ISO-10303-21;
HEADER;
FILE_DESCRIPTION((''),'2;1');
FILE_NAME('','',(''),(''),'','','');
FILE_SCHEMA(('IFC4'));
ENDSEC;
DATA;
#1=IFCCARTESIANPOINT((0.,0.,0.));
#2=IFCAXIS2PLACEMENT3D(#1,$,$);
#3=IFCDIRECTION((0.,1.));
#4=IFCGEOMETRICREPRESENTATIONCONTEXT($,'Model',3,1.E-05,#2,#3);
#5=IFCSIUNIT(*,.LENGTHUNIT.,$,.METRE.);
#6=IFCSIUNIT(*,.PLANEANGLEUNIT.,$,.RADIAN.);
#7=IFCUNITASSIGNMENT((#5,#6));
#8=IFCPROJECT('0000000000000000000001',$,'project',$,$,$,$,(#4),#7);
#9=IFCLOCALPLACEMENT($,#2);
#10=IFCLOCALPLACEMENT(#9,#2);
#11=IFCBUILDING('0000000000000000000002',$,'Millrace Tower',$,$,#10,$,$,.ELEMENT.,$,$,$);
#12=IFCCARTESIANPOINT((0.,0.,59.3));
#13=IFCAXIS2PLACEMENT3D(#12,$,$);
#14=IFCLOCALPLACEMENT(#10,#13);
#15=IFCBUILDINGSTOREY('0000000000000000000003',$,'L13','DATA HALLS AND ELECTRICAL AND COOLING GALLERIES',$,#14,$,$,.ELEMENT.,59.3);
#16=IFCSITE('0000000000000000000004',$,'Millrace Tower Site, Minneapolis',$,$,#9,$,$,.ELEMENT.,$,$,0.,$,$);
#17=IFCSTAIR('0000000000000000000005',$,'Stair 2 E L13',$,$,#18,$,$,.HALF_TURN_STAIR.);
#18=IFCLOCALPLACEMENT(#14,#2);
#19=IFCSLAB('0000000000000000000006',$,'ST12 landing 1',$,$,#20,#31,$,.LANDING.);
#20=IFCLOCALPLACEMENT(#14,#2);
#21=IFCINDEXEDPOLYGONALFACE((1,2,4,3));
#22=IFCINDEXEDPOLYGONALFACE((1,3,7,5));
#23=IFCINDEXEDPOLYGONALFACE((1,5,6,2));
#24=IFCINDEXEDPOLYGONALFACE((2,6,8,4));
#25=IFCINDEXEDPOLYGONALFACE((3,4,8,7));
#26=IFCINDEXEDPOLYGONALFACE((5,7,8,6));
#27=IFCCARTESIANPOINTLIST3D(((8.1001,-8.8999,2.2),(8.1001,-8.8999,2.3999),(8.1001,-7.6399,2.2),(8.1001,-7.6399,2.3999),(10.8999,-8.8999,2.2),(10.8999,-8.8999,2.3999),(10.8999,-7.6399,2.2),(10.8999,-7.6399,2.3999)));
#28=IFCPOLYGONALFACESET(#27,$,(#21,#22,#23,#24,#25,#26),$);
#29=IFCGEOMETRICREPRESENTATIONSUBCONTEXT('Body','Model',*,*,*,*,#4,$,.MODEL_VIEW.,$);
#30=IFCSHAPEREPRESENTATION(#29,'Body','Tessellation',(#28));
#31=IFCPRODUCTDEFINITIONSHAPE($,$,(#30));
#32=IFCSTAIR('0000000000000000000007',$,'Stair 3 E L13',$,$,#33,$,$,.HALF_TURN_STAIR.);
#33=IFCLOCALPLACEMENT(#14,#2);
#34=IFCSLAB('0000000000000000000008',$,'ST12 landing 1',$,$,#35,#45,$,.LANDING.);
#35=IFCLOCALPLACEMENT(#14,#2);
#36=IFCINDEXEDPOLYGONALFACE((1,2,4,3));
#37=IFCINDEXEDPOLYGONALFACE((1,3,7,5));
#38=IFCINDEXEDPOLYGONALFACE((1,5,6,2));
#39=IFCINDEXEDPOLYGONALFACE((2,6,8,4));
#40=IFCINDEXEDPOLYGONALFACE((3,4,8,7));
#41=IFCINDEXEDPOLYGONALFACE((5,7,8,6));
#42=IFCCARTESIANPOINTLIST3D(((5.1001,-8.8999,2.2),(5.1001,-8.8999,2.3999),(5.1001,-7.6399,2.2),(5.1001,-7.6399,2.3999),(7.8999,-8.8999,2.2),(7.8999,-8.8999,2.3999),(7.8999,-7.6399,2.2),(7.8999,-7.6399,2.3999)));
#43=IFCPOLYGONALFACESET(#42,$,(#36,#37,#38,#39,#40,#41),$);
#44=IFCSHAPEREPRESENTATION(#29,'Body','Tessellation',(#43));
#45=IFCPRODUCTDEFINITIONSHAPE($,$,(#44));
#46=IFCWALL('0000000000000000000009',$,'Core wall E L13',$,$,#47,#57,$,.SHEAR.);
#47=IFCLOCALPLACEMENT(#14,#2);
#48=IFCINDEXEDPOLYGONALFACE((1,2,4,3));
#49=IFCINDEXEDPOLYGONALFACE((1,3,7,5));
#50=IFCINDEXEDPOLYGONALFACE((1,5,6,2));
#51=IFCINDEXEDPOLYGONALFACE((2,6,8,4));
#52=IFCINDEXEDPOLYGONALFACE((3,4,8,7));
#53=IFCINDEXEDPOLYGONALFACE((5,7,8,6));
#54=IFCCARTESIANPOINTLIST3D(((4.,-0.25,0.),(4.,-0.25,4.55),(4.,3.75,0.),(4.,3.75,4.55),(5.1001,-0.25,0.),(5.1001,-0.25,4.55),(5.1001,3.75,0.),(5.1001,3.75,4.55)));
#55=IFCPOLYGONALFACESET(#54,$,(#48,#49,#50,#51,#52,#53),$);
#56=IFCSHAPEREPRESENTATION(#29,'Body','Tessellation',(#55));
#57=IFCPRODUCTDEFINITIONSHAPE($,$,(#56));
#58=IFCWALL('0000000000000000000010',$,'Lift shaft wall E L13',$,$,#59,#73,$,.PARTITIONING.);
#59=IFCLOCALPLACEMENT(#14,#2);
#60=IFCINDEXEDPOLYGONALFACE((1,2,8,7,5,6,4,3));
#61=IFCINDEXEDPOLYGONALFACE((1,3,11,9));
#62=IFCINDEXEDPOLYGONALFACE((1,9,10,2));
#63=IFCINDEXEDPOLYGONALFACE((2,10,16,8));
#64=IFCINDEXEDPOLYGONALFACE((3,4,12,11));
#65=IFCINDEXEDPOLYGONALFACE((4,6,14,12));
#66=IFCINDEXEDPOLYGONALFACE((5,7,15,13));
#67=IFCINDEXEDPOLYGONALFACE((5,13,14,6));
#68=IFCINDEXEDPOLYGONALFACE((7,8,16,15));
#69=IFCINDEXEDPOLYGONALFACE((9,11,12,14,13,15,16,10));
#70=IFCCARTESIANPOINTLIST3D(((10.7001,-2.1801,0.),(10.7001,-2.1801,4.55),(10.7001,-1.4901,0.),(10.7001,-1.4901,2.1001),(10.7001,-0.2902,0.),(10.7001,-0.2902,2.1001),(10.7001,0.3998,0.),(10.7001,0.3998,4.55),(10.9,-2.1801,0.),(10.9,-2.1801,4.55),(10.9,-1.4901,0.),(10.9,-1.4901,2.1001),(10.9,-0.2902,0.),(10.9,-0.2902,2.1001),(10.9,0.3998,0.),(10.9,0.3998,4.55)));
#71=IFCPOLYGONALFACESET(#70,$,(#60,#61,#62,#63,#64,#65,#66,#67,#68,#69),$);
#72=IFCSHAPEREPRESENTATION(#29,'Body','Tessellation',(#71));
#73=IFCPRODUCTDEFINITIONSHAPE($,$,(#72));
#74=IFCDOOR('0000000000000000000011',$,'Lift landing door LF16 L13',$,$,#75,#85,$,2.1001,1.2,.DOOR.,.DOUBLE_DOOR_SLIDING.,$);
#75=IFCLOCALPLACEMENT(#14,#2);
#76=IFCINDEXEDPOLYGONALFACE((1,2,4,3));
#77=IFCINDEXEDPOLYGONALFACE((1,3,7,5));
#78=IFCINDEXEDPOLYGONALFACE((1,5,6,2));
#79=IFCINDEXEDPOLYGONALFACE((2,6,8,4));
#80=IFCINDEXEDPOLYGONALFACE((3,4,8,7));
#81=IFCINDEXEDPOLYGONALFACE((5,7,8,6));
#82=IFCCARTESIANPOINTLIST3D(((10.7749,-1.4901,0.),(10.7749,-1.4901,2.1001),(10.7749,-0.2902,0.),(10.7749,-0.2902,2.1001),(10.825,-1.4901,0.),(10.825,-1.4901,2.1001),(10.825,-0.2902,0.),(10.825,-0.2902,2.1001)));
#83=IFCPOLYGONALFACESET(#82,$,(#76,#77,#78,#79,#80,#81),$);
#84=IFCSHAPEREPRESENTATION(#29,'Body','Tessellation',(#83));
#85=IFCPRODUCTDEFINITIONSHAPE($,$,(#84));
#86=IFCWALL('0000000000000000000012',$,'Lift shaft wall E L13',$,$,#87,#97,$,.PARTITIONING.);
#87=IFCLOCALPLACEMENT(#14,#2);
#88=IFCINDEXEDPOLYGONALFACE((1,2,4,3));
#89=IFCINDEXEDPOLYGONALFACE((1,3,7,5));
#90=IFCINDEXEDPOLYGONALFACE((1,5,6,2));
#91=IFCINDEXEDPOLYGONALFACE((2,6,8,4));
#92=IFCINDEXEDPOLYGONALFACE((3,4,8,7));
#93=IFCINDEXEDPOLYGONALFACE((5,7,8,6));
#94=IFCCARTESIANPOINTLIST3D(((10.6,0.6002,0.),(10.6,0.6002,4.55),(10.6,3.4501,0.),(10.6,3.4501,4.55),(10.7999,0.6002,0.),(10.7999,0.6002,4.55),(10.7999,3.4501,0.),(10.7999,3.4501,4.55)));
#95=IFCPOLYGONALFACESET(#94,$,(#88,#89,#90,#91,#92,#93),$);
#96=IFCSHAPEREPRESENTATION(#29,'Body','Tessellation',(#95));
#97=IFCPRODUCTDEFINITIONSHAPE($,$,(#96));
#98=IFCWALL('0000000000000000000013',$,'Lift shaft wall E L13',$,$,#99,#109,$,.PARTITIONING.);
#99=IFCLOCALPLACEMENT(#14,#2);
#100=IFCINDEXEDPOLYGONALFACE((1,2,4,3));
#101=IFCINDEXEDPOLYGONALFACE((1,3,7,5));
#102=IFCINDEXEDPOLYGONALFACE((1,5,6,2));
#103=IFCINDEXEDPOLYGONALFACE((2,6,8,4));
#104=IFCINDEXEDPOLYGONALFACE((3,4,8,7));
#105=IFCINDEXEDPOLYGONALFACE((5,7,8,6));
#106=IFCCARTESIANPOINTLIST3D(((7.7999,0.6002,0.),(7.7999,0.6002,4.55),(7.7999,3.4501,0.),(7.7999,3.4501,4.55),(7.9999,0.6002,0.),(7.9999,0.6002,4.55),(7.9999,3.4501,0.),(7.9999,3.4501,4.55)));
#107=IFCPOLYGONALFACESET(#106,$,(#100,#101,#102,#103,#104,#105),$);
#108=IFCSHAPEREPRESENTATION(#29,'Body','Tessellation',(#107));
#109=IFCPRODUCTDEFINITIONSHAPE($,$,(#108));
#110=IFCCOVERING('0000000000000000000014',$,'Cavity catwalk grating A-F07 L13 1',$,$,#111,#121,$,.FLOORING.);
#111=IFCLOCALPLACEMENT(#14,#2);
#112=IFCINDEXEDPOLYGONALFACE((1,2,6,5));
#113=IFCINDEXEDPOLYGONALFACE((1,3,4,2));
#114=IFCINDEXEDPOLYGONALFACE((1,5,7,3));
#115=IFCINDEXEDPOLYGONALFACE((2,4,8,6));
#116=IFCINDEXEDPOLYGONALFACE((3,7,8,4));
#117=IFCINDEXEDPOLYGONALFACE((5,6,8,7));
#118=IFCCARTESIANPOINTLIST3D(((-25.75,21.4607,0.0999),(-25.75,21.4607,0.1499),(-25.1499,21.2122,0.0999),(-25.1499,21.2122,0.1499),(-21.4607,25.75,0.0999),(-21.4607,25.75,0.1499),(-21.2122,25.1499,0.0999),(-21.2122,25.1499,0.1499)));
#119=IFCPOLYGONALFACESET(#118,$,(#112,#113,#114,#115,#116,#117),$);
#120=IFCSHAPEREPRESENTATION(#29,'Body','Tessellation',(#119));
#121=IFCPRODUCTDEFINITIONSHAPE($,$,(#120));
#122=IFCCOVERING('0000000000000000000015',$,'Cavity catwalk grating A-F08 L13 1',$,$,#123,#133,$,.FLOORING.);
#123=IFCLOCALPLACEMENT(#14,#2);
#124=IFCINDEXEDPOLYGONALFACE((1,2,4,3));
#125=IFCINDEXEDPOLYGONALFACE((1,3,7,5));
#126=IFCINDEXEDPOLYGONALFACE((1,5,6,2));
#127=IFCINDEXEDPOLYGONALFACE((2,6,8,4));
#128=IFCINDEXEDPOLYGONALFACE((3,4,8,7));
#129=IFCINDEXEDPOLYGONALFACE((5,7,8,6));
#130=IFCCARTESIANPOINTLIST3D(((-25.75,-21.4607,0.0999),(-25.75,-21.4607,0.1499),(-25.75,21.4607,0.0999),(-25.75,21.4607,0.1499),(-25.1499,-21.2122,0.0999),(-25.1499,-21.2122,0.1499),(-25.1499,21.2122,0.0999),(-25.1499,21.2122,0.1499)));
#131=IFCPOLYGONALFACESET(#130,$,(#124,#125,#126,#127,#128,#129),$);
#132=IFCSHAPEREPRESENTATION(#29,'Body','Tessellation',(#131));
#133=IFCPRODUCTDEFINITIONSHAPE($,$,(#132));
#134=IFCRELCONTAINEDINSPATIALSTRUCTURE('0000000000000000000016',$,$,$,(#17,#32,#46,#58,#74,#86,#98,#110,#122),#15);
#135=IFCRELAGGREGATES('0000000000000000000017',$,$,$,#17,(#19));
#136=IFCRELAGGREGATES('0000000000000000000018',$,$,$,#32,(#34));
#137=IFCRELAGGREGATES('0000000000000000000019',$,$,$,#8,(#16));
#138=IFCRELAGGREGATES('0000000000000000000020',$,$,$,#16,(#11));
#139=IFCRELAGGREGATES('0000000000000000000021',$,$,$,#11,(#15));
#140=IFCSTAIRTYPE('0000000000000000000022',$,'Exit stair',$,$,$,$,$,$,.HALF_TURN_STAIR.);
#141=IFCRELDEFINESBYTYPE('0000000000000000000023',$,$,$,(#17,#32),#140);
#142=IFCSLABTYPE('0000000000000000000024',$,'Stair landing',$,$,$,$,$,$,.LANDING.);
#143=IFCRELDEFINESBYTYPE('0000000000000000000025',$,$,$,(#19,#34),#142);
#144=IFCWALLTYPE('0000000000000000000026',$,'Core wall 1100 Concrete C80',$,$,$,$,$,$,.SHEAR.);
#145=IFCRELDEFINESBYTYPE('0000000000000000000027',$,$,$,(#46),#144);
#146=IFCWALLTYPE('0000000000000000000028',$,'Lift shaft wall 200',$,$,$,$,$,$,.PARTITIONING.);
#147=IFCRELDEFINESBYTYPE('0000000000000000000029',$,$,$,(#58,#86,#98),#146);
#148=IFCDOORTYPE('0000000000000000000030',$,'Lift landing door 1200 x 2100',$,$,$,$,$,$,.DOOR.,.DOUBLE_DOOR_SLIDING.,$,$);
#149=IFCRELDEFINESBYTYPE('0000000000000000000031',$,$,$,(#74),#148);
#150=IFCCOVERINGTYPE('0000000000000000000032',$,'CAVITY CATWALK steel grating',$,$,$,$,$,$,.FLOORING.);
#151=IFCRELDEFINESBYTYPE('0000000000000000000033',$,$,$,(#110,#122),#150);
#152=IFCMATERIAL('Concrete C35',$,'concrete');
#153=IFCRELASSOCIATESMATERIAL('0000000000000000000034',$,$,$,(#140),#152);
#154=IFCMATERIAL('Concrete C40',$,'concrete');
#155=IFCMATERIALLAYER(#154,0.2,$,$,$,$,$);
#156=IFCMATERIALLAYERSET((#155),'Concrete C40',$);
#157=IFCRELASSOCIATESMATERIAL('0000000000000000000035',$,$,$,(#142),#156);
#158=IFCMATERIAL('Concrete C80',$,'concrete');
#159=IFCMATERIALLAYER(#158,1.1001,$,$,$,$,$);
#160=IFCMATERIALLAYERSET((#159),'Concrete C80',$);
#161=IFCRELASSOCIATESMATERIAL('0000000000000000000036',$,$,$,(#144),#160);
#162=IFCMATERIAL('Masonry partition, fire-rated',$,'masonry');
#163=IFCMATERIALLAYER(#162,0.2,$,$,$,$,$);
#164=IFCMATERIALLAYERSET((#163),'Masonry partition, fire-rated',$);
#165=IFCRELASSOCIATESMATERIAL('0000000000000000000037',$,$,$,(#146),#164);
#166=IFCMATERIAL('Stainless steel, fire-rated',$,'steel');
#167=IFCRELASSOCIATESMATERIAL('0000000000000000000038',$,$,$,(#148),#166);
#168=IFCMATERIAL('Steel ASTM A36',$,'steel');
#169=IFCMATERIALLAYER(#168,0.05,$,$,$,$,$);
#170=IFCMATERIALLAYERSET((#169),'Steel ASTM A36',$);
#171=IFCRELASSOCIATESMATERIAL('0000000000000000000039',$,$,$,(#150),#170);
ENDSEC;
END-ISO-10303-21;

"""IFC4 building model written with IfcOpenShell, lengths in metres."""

from ifc_helpers import new_model, si_unit, direction, frame, frame_2d, origin, place, context, subcontext, project, spatial, polyline, rectangle, outline, extrude, material, layer, layer_set, type_object, element, fill, aggregate, save


model = new_model("IFC4")

# Units and contexts
model_context = context("Model", 3, precision=1e-05, world=origin(), true_north=direction((0.0, 1.0)))
body_context = subcontext(model_context, "Body", "Model", "MODEL_VIEW")
ifc_project = project(units=[si_unit("LENGTHUNIT", "METRE"), si_unit("PLANEANGLEUNIT", "RADIAN")], contexts=[model_context])

# Site, building, storey
site_placement = place(None, origin())
site = spatial("IfcSite", under=ifc_project, at=site_placement, Name="Millrace Tower Site, Minneapolis", CompositionType="ELEMENT", RefElevation=0.0)
building_placement = place(site_placement, origin())
building = spatial("IfcBuilding", under=site, at=building_placement, Name="Millrace Tower", CompositionType="ELEMENT")
storey_placement = place(building_placement, frame((0.0, 0.0, 59.3)))
storey = spatial("IfcBuildingStorey", under=building, at=storey_placement, Name="L13", Description="DATA HALLS AND ELECTRICAL AND COOLING GALLERIES", CompositionType="ELEMENT", Elevation=59.3)

# Shared definitions
placement_1 = place(storey_placement, origin())

# Stairs, slabs
ifc_material_1 = material(Name="Concrete C35", Category="concrete")
stair_type = type_object("IfcStairType", Name="Exit stair", PredefinedType="HALF_TURN_STAIR", material=ifc_material_1)
ifc_material_2 = material(Name="Concrete C40", Category="concrete")
ifc_layer_1 = layer(ifc_material_2, 0.2)
ifc_layer_set_1 = layer_set([ifc_layer_1], Name="Concrete C40")
slab_type = type_object("IfcSlabType", Name="Stair landing", PredefinedType="LANDING", material=ifc_layer_set_1)
placement_2 = place(storey_placement, frame((0.0, 0.0, 2.2)))
stair_1 = element("IfcStair", 1, at=placement_1, inside=storey, type_object=stair_type, Name="Stair 2 E L13", PredefinedType="HALF_TURN_STAIR")
slab_1 = element("IfcSlab", 2, at=placement_2, type_object=slab_type, Name="ST12 landing 1", PredefinedType="LANDING", context=body_context, shape_type="SweptSolid", body=[
    extrude(outline(polyline([(8.1001, -8.8999), (10.8999, -8.8999), (10.8999, -7.6399), (8.1001, -7.6399), (8.1001, -8.8999)])), origin(), (0.0, 0.0, 1.0), 0.2),
])
aggregate(stair_1, [slab_1])
stair_2 = element("IfcStair", 3, at=placement_1, inside=storey, type_object=stair_type, Name="Stair 3 E L13", PredefinedType="HALF_TURN_STAIR")
slab_2 = element("IfcSlab", 4, at=placement_2, type_object=slab_type, Name="ST12 landing 1", PredefinedType="LANDING", context=body_context, shape_type="SweptSolid", body=[
    extrude(outline(polyline([(5.1001, -8.8999), (7.8999, -8.8999), (7.8999, -7.6399), (5.1001, -7.6399), (5.1001, -8.8999)])), origin(), (0.0, 0.0, 1.0), 0.2),
])
aggregate(stair_2, [slab_2])

# Wall
ifc_material_3 = material(Name="Concrete C80", Category="concrete")
ifc_layer_2 = layer(ifc_material_3, 1.1001)
ifc_layer_set_2 = layer_set([ifc_layer_2], Name="Concrete C80")
wall_type_1 = type_object("IfcWallType", Name="Core wall 1100 Concrete C80", PredefinedType="SHEAR", material=ifc_layer_set_2)
wall_1_placement = place(storey_placement, frame((4.55, 3.75, 0.0), z_axis=(0.0, 0.0, 1.0), x_axis=(0.0, -1.0, 0.0)))
element("IfcWall", 5, at=wall_1_placement, inside=storey, type_object=wall_type_1, Name="Core wall E L13", PredefinedType="SHEAR", context=body_context, shape_type="SweptSolid", body=[
    extrude(rectangle(XDim=4.0, YDim=1.1001, at=frame_2d((2.0, 0.0))), origin(), (0.0, 0.0, 1.0), 4.55),
])

# Wall, opening, door
ifc_material_4 = material(Name="Masonry partition, fire-rated", Category="masonry")
ifc_layer_3 = layer(ifc_material_4, 0.2)
ifc_layer_set_3 = layer_set([ifc_layer_3], Name="Masonry partition, fire-rated")
wall_type_2 = type_object("IfcWallType", Name="Lift shaft wall 200", PredefinedType="PARTITIONING", material=ifc_layer_set_3)
wall_2_placement = place(storey_placement, frame((10.8, 0.3999, 0.0), z_axis=(0.0, 0.0, 1.0), x_axis=(0.0, -1.0, 0.0)))
wall_2 = element("IfcWall", 6, at=wall_2_placement, inside=storey, type_object=wall_type_2, Name="Lift shaft wall E L13", PredefinedType="PARTITIONING", context=body_context, shape_type="SweptSolid", body=[
    extrude(rectangle(XDim=2.5798, YDim=0.2, at=frame_2d((1.29, 0.0))), origin(), (0.0, 0.0, 1.0), 4.55),
])
opening_placement = place(wall_2_placement, frame((0.6899, 0.0, 0.0)))
opening = element("IfcOpeningElement", 7, at=opening_placement, cuts=wall_2, PredefinedType="OPENING", context=body_context, shape_type="SweptSolid", body=[
    extrude(rectangle(XDim=1.2, YDim=2.1001, at=frame_2d((0.6001, 1.05))), frame((0.0, 0.1099, 0.0), z_axis=(0.0, -1.0, 0.0), x_axis=(1.0, 0.0, 0.0)), (0.0, 0.0, 1.0), 0.22),
])
ifc_material_5 = material(Name="Stainless steel, fire-rated", Category="steel")
door_type = type_object("IfcDoorType", Name="Lift landing door 1200 x 2100", OperationType="DOUBLE_DOOR_SLIDING", PredefinedType="DOOR", material=ifc_material_5)
door_placement = place(opening_placement, origin())
door = element("IfcDoor", 8, at=door_placement, inside=storey, type_object=door_type, Name="Lift landing door LF16 L13", OperationType="DOUBLE_DOOR_SLIDING", OverallHeight=2.1001, OverallWidth=1.2, PredefinedType="DOOR", context=body_context, shape_type="SweptSolid", body=[
    extrude(rectangle(XDim=1.2, YDim=2.1001, at=frame_2d((0.6001, 1.05))), frame((0.0, 0.0249, 0.0), z_axis=(0.0, -1.0, 0.0), x_axis=(1.0, 0.0, 0.0)), (0.0, 0.0, 1.0), 0.05),
])
fill(opening, door)

# Walls
for number, where, z_axis, x_axis, name in (
    (9, (10.7, 3.45, 0.0), (0.0, 0.0, 1.0), (0.0, -1.0, 0.0), "Lift shaft wall E L13"),
    (10, (7.8999, 3.45, 0.0), (0.0, 0.0, 1.0), (0.0, -1.0, 0.0), "Lift shaft wall E L13"),
):
    element("IfcWall", number, at=place(storey_placement, frame(where, z_axis=z_axis, x_axis=x_axis)), inside=storey, type_object=wall_type_2, Name=name, PredefinedType="PARTITIONING", context=body_context, shape_type="SweptSolid", body=[
        extrude(rectangle(XDim=2.8499, YDim=0.2, at=frame_2d((1.4248, 0.0))), origin(), (0.0, 0.0, 1.0), 4.55),
    ])

# Coverings
ifc_material_6 = material(Name="Steel ASTM A36", Category="steel")
ifc_layer_4 = layer(ifc_material_6, 0.05)
ifc_layer_set_4 = layer_set([ifc_layer_4], Name="Steel ASTM A36")
covering_type = type_object("IfcCoveringType", Name="CAVITY CATWALK steel grating", PredefinedType="FLOORING", material=ifc_layer_set_4)
placement_3 = place(storey_placement, frame((0.0, 0.0, 0.0999)))
element("IfcCovering", 11, at=placement_3, inside=storey, type_object=covering_type, Name="Cavity catwalk grating A-F07 L13 1", PredefinedType="FLOORING", context=body_context, shape_type="SweptSolid", body=[
    extrude(outline(polyline([(-21.4607, 25.75), (-25.75, 21.4607), (-25.1499, 21.2122), (-21.2122, 25.1499), (-21.4607, 25.75)])), origin(), (0.0, 0.0, 1.0), 0.05),
])
element("IfcCovering", 12, at=placement_3, inside=storey, type_object=covering_type, Name="Cavity catwalk grating A-F08 L13 1", PredefinedType="FLOORING", context=body_context, shape_type="SweptSolid", body=[
    extrude(outline(polyline([(-25.75, 21.4607), (-25.75, -21.4607), (-25.1499, -21.2122), (-25.1499, 21.2122), (-25.75, 21.4607)])), origin(), (0.0, 0.0, 1.0), 0.05),
])

save(model, "model.ifc")
